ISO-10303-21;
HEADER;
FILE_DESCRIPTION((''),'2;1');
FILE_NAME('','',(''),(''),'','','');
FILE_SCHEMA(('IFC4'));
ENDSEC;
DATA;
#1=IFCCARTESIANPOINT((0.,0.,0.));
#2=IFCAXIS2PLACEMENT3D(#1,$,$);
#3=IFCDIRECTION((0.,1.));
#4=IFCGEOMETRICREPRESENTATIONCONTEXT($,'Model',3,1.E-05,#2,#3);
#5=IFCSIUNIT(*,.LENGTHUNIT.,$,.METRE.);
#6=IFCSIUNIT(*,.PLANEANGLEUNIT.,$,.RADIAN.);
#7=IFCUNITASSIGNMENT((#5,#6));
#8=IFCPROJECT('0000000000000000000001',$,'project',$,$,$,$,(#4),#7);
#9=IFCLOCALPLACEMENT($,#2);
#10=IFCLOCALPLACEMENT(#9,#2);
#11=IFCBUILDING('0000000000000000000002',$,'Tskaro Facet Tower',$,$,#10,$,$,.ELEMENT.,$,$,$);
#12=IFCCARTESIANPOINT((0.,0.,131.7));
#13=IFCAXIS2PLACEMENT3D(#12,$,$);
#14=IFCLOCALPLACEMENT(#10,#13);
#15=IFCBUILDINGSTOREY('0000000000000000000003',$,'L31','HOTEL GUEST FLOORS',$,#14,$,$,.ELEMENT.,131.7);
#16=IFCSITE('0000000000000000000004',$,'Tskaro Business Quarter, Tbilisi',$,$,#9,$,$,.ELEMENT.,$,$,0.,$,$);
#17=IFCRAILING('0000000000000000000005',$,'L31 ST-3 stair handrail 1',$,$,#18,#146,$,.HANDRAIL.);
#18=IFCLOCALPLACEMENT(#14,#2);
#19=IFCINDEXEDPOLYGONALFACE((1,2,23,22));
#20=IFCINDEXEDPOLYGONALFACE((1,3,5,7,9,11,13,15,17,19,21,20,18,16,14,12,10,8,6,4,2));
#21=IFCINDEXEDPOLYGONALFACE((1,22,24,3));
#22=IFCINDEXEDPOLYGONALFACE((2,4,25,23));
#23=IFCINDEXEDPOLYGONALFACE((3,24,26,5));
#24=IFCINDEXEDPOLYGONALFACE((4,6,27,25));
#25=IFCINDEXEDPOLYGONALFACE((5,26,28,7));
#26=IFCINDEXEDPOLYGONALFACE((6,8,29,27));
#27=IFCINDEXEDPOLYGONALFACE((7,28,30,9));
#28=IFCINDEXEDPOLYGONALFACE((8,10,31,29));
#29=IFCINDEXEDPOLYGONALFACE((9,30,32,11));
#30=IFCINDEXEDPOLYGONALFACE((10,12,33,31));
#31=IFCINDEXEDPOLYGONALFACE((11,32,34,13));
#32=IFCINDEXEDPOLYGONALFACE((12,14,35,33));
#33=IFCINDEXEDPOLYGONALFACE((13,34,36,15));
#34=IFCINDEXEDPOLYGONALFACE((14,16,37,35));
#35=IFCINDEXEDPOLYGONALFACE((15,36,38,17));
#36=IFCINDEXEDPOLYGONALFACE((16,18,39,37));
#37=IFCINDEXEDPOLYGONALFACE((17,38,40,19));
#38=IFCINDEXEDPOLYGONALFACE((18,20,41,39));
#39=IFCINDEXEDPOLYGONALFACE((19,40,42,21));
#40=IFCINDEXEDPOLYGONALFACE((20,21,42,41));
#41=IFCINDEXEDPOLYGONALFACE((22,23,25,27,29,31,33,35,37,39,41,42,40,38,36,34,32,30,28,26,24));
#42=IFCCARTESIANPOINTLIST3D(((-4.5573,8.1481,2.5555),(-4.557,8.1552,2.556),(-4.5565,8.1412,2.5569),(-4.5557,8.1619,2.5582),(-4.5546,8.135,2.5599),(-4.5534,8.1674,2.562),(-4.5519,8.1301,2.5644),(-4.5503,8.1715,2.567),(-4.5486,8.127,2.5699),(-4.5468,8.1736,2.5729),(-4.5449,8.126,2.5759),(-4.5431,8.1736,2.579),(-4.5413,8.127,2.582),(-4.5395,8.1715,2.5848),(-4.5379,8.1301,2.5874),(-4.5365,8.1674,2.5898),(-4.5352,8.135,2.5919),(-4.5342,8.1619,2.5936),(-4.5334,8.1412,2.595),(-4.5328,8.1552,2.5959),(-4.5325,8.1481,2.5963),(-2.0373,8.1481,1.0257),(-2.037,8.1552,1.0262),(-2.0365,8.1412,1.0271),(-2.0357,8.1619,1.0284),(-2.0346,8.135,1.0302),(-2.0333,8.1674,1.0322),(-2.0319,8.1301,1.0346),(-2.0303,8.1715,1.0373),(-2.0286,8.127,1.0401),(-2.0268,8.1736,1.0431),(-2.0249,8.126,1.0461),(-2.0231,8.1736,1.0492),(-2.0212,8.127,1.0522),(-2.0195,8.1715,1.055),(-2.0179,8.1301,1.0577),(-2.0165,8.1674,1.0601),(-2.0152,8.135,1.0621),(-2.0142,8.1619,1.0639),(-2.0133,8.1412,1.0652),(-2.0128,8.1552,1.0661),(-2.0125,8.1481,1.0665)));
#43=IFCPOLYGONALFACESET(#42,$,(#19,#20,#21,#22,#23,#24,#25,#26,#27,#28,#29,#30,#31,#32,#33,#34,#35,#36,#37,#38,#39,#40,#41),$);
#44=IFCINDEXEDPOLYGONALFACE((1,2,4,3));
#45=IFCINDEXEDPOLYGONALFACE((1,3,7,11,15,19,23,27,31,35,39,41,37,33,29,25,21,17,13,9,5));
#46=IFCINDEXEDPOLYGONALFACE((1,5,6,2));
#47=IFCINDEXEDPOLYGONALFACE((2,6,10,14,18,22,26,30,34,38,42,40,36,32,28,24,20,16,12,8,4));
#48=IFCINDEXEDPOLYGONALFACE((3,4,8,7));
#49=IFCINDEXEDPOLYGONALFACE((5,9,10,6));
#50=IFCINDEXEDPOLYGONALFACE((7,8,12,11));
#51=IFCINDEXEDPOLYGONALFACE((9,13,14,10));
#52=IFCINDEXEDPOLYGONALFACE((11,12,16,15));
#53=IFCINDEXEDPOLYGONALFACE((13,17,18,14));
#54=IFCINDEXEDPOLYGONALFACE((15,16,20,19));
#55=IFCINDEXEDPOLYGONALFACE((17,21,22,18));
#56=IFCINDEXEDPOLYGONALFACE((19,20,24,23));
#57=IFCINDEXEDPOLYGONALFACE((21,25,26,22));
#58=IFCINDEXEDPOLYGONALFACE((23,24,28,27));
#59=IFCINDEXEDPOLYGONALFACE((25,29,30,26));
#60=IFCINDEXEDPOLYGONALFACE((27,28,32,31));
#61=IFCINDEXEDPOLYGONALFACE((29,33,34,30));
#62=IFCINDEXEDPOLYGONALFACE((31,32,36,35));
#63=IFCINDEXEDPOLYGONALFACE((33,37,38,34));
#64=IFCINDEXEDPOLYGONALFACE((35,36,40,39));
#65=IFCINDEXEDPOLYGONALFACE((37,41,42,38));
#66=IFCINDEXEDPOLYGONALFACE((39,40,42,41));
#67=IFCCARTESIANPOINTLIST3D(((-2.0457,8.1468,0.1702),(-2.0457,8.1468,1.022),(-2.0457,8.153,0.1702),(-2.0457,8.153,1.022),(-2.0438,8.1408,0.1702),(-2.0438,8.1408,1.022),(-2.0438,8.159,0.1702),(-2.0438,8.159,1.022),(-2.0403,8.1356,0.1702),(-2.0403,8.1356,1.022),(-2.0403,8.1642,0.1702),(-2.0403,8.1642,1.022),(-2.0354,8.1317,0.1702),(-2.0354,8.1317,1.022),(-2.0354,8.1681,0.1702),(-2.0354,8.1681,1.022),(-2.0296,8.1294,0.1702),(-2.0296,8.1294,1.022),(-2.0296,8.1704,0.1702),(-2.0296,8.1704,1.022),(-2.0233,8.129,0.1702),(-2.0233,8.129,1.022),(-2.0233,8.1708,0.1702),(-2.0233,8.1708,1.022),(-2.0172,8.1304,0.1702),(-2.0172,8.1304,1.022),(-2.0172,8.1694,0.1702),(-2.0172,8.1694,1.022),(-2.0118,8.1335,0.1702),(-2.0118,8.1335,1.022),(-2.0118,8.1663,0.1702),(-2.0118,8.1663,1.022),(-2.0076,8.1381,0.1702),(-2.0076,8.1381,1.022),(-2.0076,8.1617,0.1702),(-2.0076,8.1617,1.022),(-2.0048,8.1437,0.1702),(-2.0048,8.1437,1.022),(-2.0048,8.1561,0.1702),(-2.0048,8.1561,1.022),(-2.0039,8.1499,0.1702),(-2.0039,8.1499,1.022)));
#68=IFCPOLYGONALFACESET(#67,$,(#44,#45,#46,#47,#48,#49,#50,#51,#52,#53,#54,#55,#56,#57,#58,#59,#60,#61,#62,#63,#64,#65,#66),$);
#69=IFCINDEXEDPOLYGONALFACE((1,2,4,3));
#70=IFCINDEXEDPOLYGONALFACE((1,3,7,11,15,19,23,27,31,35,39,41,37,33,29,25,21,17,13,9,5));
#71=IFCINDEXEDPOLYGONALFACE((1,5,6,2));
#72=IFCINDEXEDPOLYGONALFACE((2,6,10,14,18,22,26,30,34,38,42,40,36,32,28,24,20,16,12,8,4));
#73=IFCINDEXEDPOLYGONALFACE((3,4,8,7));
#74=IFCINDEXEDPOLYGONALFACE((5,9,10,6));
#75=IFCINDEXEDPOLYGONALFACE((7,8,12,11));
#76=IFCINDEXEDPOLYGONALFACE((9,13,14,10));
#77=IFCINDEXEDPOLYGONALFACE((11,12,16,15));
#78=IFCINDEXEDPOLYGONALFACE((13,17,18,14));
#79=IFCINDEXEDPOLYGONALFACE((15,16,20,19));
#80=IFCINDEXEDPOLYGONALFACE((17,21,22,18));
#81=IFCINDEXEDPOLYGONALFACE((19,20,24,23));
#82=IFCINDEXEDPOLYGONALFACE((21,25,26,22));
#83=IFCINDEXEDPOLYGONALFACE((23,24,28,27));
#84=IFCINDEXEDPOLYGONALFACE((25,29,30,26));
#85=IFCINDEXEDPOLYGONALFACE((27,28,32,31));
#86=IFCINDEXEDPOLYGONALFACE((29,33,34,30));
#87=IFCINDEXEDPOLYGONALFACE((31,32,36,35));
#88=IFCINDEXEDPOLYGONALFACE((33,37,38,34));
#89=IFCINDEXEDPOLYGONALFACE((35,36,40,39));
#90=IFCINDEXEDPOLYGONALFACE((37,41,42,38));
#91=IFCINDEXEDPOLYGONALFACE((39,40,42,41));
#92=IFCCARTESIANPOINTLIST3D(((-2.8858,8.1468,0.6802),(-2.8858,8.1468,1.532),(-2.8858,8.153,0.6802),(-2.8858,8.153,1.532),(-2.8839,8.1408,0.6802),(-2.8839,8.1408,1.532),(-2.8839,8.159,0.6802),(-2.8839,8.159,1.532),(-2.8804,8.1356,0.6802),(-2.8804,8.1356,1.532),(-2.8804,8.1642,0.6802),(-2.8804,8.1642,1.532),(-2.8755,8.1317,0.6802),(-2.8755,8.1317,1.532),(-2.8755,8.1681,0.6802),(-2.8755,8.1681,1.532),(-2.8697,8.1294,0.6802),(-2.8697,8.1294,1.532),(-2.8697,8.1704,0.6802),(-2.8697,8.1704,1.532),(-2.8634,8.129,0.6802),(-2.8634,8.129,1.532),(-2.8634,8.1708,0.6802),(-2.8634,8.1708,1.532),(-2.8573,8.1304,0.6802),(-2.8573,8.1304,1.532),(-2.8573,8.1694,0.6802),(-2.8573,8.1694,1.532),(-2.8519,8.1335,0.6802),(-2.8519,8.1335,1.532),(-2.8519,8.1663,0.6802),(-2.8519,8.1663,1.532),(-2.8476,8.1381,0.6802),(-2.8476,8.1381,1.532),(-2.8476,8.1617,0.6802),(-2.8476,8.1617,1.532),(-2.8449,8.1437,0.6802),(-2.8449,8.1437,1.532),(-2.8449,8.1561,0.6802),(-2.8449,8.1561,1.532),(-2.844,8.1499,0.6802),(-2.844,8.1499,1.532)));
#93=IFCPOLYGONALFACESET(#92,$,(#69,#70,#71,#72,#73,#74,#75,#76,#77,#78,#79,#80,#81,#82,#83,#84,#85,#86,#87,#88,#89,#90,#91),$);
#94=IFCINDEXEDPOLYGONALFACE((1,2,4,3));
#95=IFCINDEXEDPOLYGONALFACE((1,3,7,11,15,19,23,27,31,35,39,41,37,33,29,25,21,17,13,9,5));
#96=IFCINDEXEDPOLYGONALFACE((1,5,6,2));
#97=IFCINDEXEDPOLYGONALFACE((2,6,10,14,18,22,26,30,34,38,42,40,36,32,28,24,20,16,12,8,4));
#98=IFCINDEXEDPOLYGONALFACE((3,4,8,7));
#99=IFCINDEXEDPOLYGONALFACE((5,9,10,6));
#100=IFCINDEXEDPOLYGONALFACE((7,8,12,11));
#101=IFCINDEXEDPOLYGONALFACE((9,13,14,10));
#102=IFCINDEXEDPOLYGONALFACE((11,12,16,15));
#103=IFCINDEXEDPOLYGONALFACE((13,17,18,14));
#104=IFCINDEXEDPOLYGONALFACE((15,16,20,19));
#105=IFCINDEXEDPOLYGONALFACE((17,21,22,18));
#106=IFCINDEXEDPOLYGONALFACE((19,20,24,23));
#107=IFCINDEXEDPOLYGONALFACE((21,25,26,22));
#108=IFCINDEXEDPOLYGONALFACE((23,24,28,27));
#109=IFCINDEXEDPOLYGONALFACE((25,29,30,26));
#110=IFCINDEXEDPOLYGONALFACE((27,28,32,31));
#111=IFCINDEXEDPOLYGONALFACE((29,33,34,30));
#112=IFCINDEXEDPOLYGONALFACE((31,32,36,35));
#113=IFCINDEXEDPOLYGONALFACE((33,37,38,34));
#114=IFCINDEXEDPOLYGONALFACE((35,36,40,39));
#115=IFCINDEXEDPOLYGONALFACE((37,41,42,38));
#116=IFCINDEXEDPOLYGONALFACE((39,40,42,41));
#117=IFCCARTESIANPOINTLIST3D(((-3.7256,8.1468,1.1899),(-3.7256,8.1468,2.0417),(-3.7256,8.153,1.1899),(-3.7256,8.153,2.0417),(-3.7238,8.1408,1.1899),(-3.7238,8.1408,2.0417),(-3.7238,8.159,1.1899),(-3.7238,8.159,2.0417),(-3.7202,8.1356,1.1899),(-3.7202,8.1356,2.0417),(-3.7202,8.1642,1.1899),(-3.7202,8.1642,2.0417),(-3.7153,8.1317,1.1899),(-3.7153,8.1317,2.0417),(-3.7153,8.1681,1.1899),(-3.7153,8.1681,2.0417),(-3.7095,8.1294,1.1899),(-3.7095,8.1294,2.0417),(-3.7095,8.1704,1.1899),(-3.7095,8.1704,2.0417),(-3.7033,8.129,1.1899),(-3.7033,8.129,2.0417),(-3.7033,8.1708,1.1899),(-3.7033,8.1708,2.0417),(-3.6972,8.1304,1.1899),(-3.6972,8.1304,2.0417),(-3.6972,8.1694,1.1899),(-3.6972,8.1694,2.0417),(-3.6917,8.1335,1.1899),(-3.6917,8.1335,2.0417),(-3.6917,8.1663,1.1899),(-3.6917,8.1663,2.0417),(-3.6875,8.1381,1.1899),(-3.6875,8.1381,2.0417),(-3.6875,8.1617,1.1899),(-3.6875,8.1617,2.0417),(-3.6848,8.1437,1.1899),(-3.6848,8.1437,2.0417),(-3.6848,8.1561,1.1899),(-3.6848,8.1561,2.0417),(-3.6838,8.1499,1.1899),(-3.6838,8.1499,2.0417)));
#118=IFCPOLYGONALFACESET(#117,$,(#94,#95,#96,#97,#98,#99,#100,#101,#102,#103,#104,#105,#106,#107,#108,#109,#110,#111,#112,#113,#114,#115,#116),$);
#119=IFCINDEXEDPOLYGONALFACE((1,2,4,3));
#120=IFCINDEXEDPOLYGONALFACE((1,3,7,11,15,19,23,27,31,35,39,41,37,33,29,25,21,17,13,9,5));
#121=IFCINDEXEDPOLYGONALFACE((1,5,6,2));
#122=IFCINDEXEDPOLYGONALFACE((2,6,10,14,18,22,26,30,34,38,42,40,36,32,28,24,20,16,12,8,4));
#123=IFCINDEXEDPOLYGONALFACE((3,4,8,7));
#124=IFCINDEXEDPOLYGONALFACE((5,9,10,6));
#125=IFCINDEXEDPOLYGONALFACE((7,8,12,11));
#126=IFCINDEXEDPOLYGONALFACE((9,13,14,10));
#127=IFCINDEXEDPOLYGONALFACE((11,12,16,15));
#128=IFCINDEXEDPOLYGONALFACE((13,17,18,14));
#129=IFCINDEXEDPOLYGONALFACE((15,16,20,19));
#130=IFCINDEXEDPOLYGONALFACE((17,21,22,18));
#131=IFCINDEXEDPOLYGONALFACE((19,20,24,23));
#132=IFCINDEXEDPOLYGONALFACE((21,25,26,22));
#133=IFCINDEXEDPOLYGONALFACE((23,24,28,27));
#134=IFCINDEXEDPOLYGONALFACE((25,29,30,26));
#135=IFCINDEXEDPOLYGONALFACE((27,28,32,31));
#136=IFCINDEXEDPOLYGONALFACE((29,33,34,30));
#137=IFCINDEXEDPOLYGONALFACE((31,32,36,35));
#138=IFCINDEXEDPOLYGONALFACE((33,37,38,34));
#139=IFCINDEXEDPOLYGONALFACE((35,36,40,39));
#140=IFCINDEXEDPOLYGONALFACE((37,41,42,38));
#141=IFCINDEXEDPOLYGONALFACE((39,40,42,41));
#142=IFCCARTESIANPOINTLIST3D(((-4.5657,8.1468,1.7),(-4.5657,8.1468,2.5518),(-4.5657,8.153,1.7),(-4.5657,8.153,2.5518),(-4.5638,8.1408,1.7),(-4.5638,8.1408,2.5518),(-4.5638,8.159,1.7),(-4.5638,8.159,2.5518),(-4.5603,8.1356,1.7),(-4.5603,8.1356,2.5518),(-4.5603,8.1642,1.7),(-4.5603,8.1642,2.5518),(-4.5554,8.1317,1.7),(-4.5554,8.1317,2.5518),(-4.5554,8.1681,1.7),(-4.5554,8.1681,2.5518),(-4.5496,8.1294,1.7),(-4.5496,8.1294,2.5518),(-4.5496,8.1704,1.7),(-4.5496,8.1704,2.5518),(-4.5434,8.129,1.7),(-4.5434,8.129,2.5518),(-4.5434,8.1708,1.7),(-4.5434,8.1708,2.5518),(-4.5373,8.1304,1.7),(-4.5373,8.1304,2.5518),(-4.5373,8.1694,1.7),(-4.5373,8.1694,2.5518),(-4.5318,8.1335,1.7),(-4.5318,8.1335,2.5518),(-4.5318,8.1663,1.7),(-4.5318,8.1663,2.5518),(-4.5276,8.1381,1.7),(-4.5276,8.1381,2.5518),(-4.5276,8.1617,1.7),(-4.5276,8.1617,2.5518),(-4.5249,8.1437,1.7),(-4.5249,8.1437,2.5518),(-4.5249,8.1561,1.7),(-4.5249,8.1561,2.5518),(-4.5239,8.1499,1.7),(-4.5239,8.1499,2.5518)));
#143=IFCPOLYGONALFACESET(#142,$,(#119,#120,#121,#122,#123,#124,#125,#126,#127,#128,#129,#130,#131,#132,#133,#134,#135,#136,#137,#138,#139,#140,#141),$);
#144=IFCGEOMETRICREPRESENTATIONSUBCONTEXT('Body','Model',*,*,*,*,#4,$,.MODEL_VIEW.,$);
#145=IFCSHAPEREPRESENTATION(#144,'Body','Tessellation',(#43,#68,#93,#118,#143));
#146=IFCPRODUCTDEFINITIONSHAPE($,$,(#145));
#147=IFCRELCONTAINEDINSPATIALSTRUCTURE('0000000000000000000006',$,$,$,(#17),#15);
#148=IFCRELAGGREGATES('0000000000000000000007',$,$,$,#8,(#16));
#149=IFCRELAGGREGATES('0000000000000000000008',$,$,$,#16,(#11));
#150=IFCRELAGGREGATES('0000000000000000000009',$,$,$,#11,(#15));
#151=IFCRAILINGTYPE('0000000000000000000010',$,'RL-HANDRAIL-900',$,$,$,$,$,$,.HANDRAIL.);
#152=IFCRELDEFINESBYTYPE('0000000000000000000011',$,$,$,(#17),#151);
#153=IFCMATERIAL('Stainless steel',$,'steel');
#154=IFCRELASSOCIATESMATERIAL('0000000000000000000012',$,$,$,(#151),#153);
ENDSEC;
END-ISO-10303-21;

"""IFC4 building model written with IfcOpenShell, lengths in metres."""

from ifc_helpers import new_model, si_unit, direction, frame, origin, origin_2d, place, context, subcontext, project, spatial, circle, extrude, material, type_object, element, save


model = new_model("IFC4")

# Units and contexts
model_context = context("Model", 3, precision=1e-05, world=origin(), true_north=direction((0.0, 1.0)))
body_context = subcontext(model_context, "Body", "Model", "MODEL_VIEW")
ifc_project = project(units=[si_unit("LENGTHUNIT", "METRE"), si_unit("PLANEANGLEUNIT", "RADIAN")], contexts=[model_context])

# Site, building, storey
site_placement = place(None, origin())
site = spatial("IfcSite", under=ifc_project, at=site_placement, Name="Tskaro Business Quarter, Tbilisi", CompositionType="ELEMENT", RefElevation=0.0)
building_placement = place(site_placement, origin())
building = spatial("IfcBuilding", under=site, at=building_placement, Name="Tskaro Facet Tower", CompositionType="ELEMENT")
storey_placement = place(building_placement, frame((0.0, 0.0, 131.7)))
storey = spatial("IfcBuildingStorey", under=building, at=storey_placement, Name="L31", Description="HOTEL GUEST FLOORS", CompositionType="ELEMENT", Elevation=131.7)

# Railing
ifc_material_1 = material(Name="Stainless steel", Category="steel")
railing_type_1 = type_object("IfcRailingType", Name="RL-HANDRAIL-900", PredefinedType="HANDRAIL", material=ifc_material_1)
railing_1_placement = place(storey_placement, frame((-2.0249, 8.1499, 0.1702)))
element("IfcRailing", 1, at=railing_1_placement, inside=storey, type_object=railing_type_1, Name="L31 ST-3 stair handrail 1", PredefinedType="HANDRAIL", context=body_context, shape_type="SweptSolid", body=[
    extrude(circle(Radius=0.0239, at=origin_2d()), frame((0.0, 0.0, 0.876), z_axis=(-0.854822, 0.0, 0.518922), x_axis=(0.0, -1.0, 0.0)), (0.0, 0.0, 1.0), 2.948),
    extrude(circle(Radius=0.021, at=origin_2d()), origin(), (0.0, 0.0, 1.0), 0.8518),
    extrude(circle(Radius=0.021, at=origin_2d()), frame((-0.8401, 0.0, 0.51)), (0.0, 0.0, 1.0), 0.8518),
    extrude(circle(Radius=0.021, at=origin_2d()), frame((-1.6799, 0.0, 1.0198)), (0.0, 0.0, 1.0), 0.8518),
    extrude(circle(Radius=0.021, at=origin_2d()), frame((-2.52, 0.0, 1.5298)), (0.0, 0.0, 1.0), 0.8518),
])

save(model, "model.ifc")
